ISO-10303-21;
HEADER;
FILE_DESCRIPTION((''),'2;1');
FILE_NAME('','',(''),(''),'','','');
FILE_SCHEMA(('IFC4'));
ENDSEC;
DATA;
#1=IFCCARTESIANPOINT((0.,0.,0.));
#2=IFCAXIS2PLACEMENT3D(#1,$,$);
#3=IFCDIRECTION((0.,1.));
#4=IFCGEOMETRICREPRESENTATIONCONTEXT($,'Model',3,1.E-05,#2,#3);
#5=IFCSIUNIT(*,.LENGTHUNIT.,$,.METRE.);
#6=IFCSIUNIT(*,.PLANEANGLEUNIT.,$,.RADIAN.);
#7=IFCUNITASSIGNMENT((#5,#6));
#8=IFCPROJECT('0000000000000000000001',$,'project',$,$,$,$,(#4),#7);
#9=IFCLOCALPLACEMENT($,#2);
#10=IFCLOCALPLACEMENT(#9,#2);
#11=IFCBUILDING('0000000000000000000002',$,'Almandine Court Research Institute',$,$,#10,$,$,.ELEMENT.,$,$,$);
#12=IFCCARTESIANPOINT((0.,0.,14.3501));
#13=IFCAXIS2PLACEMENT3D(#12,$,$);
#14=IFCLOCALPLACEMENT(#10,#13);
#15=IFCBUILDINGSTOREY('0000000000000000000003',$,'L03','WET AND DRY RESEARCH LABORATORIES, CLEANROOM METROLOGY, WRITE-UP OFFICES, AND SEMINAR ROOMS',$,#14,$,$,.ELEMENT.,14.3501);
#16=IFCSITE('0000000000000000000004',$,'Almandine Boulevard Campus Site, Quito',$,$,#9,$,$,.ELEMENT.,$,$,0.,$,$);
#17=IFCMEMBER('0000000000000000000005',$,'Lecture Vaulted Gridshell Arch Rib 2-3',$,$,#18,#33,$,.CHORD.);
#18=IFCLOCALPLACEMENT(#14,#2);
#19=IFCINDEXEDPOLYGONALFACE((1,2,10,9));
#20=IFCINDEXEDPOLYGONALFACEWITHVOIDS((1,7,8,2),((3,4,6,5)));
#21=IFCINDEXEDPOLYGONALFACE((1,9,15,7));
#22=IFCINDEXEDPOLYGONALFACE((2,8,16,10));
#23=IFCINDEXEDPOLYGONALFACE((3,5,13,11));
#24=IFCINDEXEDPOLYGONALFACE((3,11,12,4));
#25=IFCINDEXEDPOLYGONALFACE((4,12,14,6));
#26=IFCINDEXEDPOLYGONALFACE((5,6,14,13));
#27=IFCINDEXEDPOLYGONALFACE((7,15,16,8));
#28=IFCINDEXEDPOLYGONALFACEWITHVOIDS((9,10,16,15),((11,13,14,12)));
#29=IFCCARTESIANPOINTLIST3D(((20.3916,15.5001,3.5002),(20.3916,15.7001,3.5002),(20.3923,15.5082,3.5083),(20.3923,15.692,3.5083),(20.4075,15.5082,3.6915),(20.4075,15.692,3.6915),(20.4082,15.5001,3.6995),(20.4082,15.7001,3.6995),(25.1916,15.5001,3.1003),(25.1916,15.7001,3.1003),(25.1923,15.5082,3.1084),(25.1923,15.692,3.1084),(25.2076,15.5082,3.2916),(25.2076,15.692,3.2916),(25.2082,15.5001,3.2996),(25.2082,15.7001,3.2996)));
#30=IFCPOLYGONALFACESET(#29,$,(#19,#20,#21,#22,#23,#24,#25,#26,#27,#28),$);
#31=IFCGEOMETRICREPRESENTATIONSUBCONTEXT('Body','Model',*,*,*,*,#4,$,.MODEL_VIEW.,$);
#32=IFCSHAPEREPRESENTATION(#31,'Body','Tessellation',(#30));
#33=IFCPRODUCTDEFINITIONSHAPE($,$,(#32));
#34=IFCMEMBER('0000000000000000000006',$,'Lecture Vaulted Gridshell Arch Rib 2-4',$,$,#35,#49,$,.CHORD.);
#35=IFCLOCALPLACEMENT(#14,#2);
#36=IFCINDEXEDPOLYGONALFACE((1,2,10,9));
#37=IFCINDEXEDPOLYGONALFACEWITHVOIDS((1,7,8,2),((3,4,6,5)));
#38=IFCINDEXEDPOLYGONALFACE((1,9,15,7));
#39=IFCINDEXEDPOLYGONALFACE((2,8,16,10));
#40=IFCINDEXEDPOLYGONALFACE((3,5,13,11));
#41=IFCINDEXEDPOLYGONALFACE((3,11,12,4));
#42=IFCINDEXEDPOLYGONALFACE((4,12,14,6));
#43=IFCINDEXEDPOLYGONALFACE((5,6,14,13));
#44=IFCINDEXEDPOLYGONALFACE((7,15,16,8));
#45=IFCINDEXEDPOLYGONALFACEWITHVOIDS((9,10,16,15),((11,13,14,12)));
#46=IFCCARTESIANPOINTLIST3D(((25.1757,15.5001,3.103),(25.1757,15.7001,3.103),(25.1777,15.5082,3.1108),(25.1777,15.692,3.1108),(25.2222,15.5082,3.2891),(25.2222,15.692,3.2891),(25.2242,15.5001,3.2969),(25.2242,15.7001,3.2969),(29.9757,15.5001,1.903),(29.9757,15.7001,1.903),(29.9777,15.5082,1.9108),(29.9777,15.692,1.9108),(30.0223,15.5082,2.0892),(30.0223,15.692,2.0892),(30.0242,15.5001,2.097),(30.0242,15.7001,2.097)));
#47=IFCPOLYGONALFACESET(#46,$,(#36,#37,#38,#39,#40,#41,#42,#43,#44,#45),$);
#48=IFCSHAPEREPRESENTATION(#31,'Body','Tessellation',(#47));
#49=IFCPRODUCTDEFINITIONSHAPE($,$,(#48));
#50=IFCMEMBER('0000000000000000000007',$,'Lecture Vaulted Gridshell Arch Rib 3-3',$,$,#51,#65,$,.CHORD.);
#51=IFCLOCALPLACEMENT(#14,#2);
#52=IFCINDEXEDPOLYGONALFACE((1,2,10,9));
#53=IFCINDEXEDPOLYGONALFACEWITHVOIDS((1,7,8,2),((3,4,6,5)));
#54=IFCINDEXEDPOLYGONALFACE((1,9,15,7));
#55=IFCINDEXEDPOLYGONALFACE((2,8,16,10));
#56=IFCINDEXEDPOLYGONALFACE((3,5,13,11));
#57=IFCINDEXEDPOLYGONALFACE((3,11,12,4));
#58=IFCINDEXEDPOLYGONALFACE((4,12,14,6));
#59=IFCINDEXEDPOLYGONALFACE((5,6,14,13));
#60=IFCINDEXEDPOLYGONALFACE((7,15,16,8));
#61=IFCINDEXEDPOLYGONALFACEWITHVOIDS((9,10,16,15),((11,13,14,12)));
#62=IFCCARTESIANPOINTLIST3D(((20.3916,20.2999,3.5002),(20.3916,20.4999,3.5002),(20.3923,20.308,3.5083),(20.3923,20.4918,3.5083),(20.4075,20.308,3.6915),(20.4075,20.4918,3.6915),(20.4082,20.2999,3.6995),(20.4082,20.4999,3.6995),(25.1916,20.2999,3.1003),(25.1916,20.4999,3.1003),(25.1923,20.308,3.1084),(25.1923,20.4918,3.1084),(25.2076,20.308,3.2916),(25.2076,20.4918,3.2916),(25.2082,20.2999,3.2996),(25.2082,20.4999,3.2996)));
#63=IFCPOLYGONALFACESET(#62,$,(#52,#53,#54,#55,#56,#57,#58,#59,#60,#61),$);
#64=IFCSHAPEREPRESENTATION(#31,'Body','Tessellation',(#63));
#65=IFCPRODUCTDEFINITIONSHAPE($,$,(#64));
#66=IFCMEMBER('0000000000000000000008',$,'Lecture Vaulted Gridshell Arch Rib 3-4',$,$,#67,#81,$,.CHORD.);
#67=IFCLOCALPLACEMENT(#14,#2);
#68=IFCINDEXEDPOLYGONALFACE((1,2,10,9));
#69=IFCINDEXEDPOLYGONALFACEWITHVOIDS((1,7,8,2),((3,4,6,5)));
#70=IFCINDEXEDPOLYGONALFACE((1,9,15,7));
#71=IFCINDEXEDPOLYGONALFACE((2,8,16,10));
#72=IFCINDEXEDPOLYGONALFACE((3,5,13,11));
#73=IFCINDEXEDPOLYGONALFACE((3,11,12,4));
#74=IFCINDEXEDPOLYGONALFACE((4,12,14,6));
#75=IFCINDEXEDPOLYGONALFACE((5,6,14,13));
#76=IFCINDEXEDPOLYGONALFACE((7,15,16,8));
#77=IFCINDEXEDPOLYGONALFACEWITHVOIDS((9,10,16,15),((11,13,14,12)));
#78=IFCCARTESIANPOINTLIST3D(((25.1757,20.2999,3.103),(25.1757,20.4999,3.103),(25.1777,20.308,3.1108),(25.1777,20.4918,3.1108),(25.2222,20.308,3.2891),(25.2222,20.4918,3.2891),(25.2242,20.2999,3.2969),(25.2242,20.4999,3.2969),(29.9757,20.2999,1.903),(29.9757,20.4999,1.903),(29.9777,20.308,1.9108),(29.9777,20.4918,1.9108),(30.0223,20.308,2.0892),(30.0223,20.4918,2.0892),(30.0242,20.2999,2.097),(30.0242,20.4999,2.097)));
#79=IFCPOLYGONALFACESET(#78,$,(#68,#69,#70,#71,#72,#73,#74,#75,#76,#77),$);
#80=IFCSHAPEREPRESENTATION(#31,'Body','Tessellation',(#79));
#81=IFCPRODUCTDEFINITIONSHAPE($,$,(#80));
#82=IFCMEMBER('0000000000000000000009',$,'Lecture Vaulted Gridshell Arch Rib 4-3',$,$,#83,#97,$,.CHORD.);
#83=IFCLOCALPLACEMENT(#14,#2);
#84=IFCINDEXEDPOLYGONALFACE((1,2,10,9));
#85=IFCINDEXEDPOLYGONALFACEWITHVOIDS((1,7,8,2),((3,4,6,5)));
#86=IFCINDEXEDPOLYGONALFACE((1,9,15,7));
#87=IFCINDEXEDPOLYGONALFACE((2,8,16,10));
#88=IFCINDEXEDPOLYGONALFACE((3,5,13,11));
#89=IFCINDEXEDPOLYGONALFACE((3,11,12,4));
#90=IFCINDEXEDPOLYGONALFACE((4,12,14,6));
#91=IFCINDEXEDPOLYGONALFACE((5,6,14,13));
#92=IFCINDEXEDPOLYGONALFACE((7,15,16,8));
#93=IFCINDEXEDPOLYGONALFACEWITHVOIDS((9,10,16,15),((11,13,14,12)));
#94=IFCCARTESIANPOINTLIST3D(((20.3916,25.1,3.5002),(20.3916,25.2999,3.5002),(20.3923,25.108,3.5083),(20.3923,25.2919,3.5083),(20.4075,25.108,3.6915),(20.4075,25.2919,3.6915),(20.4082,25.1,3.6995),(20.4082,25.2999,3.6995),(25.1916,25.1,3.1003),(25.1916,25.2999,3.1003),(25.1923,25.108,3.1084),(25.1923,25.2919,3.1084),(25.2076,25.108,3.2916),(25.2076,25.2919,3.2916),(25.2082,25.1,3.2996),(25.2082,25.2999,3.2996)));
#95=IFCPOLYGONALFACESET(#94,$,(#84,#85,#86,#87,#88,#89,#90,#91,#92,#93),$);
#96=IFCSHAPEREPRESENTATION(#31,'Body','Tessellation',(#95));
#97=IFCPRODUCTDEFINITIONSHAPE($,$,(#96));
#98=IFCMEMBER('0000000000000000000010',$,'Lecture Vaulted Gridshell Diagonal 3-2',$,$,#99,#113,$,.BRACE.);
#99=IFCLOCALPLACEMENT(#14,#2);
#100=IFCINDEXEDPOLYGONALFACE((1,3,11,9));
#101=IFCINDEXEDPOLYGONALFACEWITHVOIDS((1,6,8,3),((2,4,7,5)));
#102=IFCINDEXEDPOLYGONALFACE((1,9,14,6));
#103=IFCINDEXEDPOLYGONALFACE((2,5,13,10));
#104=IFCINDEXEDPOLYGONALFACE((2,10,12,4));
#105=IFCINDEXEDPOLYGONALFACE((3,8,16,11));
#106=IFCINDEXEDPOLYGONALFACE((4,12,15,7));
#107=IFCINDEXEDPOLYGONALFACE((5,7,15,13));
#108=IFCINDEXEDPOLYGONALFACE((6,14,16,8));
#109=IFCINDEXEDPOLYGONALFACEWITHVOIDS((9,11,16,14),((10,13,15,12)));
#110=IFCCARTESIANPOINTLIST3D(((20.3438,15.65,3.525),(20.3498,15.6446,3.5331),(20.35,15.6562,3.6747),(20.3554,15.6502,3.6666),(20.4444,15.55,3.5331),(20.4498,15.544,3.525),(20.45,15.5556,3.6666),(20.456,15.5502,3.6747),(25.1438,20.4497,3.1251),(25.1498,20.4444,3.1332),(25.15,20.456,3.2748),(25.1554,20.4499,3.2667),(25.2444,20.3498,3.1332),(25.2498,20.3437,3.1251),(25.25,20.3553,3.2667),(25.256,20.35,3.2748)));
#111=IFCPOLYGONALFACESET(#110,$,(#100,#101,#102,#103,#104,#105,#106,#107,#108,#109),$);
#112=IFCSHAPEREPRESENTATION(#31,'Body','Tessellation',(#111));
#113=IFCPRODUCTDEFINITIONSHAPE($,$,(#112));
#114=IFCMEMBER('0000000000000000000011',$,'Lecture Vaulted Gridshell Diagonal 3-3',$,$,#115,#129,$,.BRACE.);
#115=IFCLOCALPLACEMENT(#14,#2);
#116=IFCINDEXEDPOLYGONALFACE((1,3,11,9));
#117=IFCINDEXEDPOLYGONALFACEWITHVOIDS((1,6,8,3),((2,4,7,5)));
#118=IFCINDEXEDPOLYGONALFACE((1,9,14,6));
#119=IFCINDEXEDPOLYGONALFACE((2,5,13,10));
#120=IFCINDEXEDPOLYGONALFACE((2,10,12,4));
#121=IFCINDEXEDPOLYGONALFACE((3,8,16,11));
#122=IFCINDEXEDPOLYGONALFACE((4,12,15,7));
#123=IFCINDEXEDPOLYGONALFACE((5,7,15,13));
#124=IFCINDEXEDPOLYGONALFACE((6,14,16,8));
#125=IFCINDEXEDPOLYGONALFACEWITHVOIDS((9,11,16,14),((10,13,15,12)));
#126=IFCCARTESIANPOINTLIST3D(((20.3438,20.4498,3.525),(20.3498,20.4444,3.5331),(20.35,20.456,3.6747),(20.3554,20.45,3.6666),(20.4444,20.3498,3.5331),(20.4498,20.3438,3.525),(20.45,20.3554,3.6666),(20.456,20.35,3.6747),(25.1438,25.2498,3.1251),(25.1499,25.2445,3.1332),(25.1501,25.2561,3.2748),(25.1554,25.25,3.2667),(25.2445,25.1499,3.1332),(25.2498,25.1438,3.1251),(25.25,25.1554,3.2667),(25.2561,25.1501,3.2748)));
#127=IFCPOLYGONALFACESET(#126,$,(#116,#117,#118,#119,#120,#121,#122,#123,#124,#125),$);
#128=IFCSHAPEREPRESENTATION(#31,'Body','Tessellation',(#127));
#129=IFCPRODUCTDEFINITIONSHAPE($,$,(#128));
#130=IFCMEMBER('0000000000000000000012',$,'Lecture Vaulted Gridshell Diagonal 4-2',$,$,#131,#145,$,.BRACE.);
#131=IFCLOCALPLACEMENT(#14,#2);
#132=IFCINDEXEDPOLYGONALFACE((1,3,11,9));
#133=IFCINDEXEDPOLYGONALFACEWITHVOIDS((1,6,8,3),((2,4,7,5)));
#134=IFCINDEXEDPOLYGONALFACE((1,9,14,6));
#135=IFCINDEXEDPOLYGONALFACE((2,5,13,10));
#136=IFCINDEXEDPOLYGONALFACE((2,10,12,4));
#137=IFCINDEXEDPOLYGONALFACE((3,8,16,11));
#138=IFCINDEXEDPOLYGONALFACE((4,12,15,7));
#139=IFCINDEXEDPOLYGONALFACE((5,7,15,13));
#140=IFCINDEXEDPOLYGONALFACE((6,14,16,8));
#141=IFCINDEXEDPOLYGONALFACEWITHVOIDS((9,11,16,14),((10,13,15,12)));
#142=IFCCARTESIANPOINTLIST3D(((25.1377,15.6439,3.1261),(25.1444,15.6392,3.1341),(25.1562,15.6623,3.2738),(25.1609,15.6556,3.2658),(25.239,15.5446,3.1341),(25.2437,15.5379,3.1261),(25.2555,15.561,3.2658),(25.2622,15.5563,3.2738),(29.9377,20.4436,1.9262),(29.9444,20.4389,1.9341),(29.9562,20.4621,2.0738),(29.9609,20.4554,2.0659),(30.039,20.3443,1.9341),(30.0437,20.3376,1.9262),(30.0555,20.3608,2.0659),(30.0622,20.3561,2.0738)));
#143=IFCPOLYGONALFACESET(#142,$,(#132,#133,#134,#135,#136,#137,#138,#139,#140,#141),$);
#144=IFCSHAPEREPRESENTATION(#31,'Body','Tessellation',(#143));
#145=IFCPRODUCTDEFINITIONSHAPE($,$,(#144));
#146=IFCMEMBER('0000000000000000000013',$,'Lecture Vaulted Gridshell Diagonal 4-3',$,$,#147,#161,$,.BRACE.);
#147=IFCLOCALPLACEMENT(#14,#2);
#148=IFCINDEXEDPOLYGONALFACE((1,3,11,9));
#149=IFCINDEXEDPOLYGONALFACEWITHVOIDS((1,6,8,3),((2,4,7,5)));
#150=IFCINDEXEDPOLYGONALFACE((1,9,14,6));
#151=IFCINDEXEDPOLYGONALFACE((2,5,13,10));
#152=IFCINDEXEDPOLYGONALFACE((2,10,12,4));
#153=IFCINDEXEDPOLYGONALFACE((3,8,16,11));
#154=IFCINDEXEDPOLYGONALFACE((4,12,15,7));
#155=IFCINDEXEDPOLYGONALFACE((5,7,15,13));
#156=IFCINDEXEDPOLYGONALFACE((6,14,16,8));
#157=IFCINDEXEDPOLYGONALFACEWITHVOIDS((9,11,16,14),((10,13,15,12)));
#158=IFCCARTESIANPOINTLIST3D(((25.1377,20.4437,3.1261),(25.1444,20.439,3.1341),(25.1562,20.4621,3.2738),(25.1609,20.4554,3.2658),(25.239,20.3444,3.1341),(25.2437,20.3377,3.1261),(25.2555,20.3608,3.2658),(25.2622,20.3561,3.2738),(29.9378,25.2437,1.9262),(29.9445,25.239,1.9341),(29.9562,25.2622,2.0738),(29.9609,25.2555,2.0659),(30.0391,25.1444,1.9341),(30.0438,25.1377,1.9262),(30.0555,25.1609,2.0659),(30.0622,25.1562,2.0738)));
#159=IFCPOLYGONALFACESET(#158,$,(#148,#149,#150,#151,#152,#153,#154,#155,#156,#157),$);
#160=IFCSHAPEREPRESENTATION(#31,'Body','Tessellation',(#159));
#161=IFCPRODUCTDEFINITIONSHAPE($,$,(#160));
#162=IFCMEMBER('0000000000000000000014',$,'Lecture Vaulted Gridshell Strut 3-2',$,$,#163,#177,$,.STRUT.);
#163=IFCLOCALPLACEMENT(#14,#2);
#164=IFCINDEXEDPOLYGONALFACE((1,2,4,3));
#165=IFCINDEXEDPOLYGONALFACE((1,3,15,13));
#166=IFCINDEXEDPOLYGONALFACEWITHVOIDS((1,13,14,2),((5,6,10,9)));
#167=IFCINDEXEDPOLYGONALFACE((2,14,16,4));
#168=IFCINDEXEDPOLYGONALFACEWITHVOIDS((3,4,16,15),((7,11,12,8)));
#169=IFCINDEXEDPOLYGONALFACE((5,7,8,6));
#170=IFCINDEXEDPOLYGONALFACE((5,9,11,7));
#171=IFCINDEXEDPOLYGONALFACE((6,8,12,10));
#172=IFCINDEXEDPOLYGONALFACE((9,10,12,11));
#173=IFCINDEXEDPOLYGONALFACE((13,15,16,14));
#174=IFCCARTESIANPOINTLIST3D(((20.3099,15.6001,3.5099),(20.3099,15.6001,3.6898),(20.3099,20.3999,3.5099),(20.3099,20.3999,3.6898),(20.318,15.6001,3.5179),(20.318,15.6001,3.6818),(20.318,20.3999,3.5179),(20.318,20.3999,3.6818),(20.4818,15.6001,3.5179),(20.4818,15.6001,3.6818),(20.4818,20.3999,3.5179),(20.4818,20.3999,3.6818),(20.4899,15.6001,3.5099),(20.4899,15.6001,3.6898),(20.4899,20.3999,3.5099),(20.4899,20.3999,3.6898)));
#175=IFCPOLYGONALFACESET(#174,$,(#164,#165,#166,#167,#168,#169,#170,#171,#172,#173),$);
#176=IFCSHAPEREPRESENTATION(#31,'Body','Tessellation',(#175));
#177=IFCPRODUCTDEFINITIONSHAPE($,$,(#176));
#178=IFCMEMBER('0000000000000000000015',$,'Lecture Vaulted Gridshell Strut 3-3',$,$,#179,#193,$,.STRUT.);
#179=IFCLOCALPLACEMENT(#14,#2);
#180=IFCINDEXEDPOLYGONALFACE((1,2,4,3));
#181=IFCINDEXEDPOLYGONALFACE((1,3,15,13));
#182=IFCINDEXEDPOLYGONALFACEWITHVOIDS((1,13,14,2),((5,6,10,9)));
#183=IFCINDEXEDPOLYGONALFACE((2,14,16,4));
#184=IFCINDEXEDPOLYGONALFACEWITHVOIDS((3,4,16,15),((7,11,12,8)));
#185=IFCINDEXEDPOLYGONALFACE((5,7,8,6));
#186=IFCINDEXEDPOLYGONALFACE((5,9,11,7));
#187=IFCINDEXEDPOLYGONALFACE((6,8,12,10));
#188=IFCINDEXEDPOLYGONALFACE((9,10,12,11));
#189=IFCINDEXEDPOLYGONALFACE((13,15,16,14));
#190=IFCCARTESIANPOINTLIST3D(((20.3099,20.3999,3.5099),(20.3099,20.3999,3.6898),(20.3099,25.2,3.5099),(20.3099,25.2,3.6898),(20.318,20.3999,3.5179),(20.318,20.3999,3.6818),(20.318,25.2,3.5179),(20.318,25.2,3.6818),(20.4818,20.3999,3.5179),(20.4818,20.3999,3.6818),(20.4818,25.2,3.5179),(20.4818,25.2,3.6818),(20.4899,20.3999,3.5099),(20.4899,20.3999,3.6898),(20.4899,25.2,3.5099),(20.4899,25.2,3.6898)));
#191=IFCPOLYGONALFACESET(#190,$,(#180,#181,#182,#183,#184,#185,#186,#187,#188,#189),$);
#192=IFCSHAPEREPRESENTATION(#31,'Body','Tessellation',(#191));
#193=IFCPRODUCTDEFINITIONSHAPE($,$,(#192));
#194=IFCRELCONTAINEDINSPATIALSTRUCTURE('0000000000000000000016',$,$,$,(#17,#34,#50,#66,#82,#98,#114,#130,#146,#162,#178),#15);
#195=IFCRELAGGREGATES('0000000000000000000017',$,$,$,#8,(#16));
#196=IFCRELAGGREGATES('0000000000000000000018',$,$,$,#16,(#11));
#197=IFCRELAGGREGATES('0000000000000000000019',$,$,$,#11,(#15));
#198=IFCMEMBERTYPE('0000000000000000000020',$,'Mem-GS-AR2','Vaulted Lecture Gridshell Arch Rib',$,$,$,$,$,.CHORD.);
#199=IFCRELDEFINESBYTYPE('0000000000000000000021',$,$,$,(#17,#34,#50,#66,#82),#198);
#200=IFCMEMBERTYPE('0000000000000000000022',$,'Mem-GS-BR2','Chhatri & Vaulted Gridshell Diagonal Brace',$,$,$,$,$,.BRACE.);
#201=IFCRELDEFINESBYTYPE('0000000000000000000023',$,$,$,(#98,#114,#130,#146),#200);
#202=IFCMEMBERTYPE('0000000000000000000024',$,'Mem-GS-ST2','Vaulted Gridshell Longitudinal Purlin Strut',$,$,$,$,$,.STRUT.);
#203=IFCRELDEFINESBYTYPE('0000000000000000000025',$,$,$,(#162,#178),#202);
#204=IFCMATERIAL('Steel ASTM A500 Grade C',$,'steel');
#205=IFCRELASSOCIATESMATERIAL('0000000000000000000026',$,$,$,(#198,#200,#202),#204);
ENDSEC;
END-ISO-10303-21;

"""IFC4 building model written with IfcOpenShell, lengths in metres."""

from ifc_helpers import new_model, si_unit, direction, frame, origin, origin_2d, place, context, subcontext, project, spatial, hollow_rectangle, extrude, material, material_profile, profile_set, type_object, element, save


model = new_model("IFC4")

# Units and contexts
model_context = context("Model", 3, precision=1e-05, world=origin(), true_north=direction((0.0, 1.0)))
body_context = subcontext(model_context, "Body", "Model", "MODEL_VIEW")
ifc_project = project(units=[si_unit("LENGTHUNIT", "METRE"), si_unit("PLANEANGLEUNIT", "RADIAN")], contexts=[model_context])

# Site, building, storey
site_placement = place(None, origin())
site = spatial("IfcSite", under=ifc_project, at=site_placement, Name="Almandine Boulevard Campus Site, Quito", CompositionType="ELEMENT", RefElevation=0.0)
building_placement = place(site_placement, origin())
building = spatial("IfcBuilding", under=site, at=building_placement, Name="Almandine Court Research Institute", CompositionType="ELEMENT")
storey_placement = place(building_placement, frame((0.0, 0.0, 14.3501)))
storey = spatial("IfcBuildingStorey", under=building, at=storey_placement, Name="L03", Description="WET AND DRY RESEARCH LABORATORIES, CLEANROOM METROLOGY, WRITE-UP OFFICES, AND SEMINAR ROOMS", CompositionType="ELEMENT", Elevation=14.3501)

# Members
ifc_material_1 = material(Name="Steel ASTM A500 Grade C", Category="steel")
ifc_material_profile_1 = material_profile(ifc_material_1, hollow_rectangle(XDim=0.2, YDim=0.2, WallThickness=0.0081, at=origin_2d()), Name="HSS 200x200x8")
ifc_profile_set_1 = profile_set([ifc_material_profile_1], Name="Steel ASTM A500 Grade C")
member_type_1 = type_object("IfcMemberType", Name="Mem-GS-AR2", Description="Vaulted Lecture Gridshell Arch Rib", PredefinedType="CHORD", material=ifc_profile_set_1)
member_1_placement = place(storey_placement, frame((20.3999, 15.6001, 3.5999), z_axis=(0.996548, 0.0, -0.083025), x_axis=(0.0, 1.0, 0.0)))
element("IfcMember", 1, at=member_1_placement, inside=storey, type_object=member_type_1, Name="Lecture Vaulted Gridshell Arch Rib 2-3", PredefinedType="CHORD", context=body_context, shape_type="SweptSolid", body=[
    extrude(hollow_rectangle(XDim=0.2, YDim=0.2, WallThickness=0.0081, at=origin_2d()), origin(), (0.0, 0.0, 1.0), 4.8167),
])
member_2_placement = place(storey_placement, frame((25.2, 15.6001, 3.2), z_axis=(0.970145, 0.0, -0.242524), x_axis=(0.0, 1.0, 0.0)))
element("IfcMember", 2, at=member_2_placement, inside=storey, type_object=member_type_1, Name="Lecture Vaulted Gridshell Arch Rib 2-4", PredefinedType="CHORD", context=body_context, shape_type="SweptSolid", body=[
    extrude(hollow_rectangle(XDim=0.2, YDim=0.2, WallThickness=0.0081, at=origin_2d()), origin(), (0.0, 0.0, 1.0), 4.9478),
])
member_3_placement = place(storey_placement, frame((20.3999, 20.3999, 3.5999), z_axis=(0.996548, 0.0, -0.083025), x_axis=(0.0, 1.0, 0.0)))
element("IfcMember", 3, at=member_3_placement, inside=storey, type_object=member_type_1, Name="Lecture Vaulted Gridshell Arch Rib 3-3", PredefinedType="CHORD", context=body_context, shape_type="SweptSolid", body=[
    extrude(hollow_rectangle(XDim=0.2, YDim=0.2, WallThickness=0.0081, at=origin_2d()), origin(), (0.0, 0.0, 1.0), 4.8167),
])
member_4_placement = place(storey_placement, frame((25.2, 20.3999, 3.2), z_axis=(0.970145, 0.0, -0.242524), x_axis=(0.0, 1.0, 0.0)))
element("IfcMember", 4, at=member_4_placement, inside=storey, type_object=member_type_1, Name="Lecture Vaulted Gridshell Arch Rib 3-4", PredefinedType="CHORD", context=body_context, shape_type="SweptSolid", body=[
    extrude(hollow_rectangle(XDim=0.2, YDim=0.2, WallThickness=0.0081, at=origin_2d()), origin(), (0.0, 0.0, 1.0), 4.9478),
])
member_5_placement = place(storey_placement, frame((20.3999, 25.2, 3.5999), z_axis=(0.996548, 0.0, -0.083025), x_axis=(0.0, 1.0, 0.0)))
element("IfcMember", 5, at=member_5_placement, inside=storey, type_object=member_type_1, Name="Lecture Vaulted Gridshell Arch Rib 4-3", PredefinedType="CHORD", context=body_context, shape_type="SweptSolid", body=[
    extrude(hollow_rectangle(XDim=0.2, YDim=0.2, WallThickness=0.0081, at=origin_2d()), origin(), (0.0, 0.0, 1.0), 4.8167),
])
ifc_material_profile_2 = material_profile(ifc_material_1, hollow_rectangle(XDim=0.1499, YDim=0.1499, WallThickness=0.0081, at=origin_2d()), Name="HSS 150x150x8")
ifc_profile_set_2 = profile_set([ifc_material_profile_2], Name="Steel ASTM A500 Grade C")
member_type_2 = type_object("IfcMemberType", Name="Mem-GS-BR2", Description="Chhatri & Vaulted Gridshell Diagonal Brace", PredefinedType="BRACE", material=ifc_profile_set_2)
member_6_placement = place(storey_placement, frame((20.3999, 15.6001, 3.5999), z_axis=(0.705901, 0.705865, -0.05881), x_axis=(-0.707089, 0.707125, 0.0)))
element("IfcMember", 6, at=member_6_placement, inside=storey, type_object=member_type_2, Name="Lecture Vaulted Gridshell Diagonal 3-2", PredefinedType="BRACE", context=body_context, shape_type="SweptSolid", body=[
    extrude(hollow_rectangle(XDim=0.1499, YDim=0.1499, WallThickness=0.0081, at=origin_2d()), origin(), (0.0, 0.0, 1.0), 6.7998),
])
member_7_placement = place(storey_placement, frame((20.3999, 20.3999, 3.5999), z_axis=(0.705883, 0.705883, -0.058809), x_axis=(-0.707107, 0.707107, 0.0)))
element("IfcMember", 7, at=member_7_placement, inside=storey, type_object=member_type_2, Name="Lecture Vaulted Gridshell Diagonal 3-3", PredefinedType="BRACE", context=body_context, shape_type="SweptSolid", body=[
    extrude(hollow_rectangle(XDim=0.1499, YDim=0.1499, WallThickness=0.0081, at=origin_2d()), origin(), (0.0, 0.0, 1.0), 6.8),
])
member_8_placement = place(storey_placement, frame((25.2, 15.6001, 3.2), z_axis=(0.696329, 0.696293, -0.174073), x_axis=(-0.707089, 0.707125, 0.0)))
element("IfcMember", 8, at=member_8_placement, inside=storey, type_object=member_type_2, Name="Lecture Vaulted Gridshell Diagonal 4-2", PredefinedType="BRACE", context=body_context, shape_type="SweptSolid", body=[
    extrude(hollow_rectangle(XDim=0.1499, YDim=0.1499, WallThickness=0.0081, at=origin_2d()), origin(), (0.0, 0.0, 1.0), 6.8933),
])
member_9_placement = place(storey_placement, frame((25.2, 20.3999, 3.2), z_axis=(0.696312, 0.696312, -0.174069), x_axis=(-0.707107, 0.707107, 0.0)))
element("IfcMember", 9, at=member_9_placement, inside=storey, type_object=member_type_2, Name="Lecture Vaulted Gridshell Diagonal 4-3", PredefinedType="BRACE", context=body_context, shape_type="SweptSolid", body=[
    extrude(hollow_rectangle(XDim=0.1499, YDim=0.1499, WallThickness=0.0081, at=origin_2d()), origin(), (0.0, 0.0, 1.0), 6.8936),
])
ifc_material_profile_3 = material_profile(ifc_material_1, hollow_rectangle(XDim=0.1799, YDim=0.1799, WallThickness=0.0081, at=origin_2d()), Name="HSS 180x180x8")
ifc_profile_set_3 = profile_set([ifc_material_profile_3], Name="Steel ASTM A500 Grade C")
member_type_3 = type_object("IfcMemberType", Name="Mem-GS-ST2", Description="Vaulted Gridshell Longitudinal Purlin Strut", PredefinedType="STRUT", material=ifc_profile_set_3)
member_10_placement = place(storey_placement, frame((20.3999, 15.6001, 3.5999), z_axis=(0.0, 1.0, 0.0), x_axis=(-1.0, 0.0, 0.0)))
element("IfcMember", 10, at=member_10_placement, inside=storey, type_object=member_type_3, Name="Lecture Vaulted Gridshell Strut 3-2", PredefinedType="STRUT", context=body_context, shape_type="SweptSolid", body=[
    extrude(hollow_rectangle(XDim=0.1799, YDim=0.1799, WallThickness=0.0081, at=origin_2d()), origin(), (0.0, 0.0, 1.0), 4.7998),
])
for number, where, z_axis, x_axis, name in (
    (11, (20.3999, 20.3999, 3.5999), (0.0, 1.0, 0.0), (-1.0, 0.0, 0.0), "Lecture Vaulted Gridshell Strut 3-3"),
):
    element("IfcMember", number, at=place(storey_placement, frame(where, z_axis=z_axis, x_axis=x_axis)), inside=storey, type_object=member_type_3, Name=name, PredefinedType="STRUT", context=body_context, shape_type="SweptSolid", body=[
        extrude(hollow_rectangle(XDim=0.1799, YDim=0.1799, WallThickness=0.0081, at=origin_2d()), origin(), (0.0, 0.0, 1.0), 4.8),
    ])

save(model, "model.ifc")
